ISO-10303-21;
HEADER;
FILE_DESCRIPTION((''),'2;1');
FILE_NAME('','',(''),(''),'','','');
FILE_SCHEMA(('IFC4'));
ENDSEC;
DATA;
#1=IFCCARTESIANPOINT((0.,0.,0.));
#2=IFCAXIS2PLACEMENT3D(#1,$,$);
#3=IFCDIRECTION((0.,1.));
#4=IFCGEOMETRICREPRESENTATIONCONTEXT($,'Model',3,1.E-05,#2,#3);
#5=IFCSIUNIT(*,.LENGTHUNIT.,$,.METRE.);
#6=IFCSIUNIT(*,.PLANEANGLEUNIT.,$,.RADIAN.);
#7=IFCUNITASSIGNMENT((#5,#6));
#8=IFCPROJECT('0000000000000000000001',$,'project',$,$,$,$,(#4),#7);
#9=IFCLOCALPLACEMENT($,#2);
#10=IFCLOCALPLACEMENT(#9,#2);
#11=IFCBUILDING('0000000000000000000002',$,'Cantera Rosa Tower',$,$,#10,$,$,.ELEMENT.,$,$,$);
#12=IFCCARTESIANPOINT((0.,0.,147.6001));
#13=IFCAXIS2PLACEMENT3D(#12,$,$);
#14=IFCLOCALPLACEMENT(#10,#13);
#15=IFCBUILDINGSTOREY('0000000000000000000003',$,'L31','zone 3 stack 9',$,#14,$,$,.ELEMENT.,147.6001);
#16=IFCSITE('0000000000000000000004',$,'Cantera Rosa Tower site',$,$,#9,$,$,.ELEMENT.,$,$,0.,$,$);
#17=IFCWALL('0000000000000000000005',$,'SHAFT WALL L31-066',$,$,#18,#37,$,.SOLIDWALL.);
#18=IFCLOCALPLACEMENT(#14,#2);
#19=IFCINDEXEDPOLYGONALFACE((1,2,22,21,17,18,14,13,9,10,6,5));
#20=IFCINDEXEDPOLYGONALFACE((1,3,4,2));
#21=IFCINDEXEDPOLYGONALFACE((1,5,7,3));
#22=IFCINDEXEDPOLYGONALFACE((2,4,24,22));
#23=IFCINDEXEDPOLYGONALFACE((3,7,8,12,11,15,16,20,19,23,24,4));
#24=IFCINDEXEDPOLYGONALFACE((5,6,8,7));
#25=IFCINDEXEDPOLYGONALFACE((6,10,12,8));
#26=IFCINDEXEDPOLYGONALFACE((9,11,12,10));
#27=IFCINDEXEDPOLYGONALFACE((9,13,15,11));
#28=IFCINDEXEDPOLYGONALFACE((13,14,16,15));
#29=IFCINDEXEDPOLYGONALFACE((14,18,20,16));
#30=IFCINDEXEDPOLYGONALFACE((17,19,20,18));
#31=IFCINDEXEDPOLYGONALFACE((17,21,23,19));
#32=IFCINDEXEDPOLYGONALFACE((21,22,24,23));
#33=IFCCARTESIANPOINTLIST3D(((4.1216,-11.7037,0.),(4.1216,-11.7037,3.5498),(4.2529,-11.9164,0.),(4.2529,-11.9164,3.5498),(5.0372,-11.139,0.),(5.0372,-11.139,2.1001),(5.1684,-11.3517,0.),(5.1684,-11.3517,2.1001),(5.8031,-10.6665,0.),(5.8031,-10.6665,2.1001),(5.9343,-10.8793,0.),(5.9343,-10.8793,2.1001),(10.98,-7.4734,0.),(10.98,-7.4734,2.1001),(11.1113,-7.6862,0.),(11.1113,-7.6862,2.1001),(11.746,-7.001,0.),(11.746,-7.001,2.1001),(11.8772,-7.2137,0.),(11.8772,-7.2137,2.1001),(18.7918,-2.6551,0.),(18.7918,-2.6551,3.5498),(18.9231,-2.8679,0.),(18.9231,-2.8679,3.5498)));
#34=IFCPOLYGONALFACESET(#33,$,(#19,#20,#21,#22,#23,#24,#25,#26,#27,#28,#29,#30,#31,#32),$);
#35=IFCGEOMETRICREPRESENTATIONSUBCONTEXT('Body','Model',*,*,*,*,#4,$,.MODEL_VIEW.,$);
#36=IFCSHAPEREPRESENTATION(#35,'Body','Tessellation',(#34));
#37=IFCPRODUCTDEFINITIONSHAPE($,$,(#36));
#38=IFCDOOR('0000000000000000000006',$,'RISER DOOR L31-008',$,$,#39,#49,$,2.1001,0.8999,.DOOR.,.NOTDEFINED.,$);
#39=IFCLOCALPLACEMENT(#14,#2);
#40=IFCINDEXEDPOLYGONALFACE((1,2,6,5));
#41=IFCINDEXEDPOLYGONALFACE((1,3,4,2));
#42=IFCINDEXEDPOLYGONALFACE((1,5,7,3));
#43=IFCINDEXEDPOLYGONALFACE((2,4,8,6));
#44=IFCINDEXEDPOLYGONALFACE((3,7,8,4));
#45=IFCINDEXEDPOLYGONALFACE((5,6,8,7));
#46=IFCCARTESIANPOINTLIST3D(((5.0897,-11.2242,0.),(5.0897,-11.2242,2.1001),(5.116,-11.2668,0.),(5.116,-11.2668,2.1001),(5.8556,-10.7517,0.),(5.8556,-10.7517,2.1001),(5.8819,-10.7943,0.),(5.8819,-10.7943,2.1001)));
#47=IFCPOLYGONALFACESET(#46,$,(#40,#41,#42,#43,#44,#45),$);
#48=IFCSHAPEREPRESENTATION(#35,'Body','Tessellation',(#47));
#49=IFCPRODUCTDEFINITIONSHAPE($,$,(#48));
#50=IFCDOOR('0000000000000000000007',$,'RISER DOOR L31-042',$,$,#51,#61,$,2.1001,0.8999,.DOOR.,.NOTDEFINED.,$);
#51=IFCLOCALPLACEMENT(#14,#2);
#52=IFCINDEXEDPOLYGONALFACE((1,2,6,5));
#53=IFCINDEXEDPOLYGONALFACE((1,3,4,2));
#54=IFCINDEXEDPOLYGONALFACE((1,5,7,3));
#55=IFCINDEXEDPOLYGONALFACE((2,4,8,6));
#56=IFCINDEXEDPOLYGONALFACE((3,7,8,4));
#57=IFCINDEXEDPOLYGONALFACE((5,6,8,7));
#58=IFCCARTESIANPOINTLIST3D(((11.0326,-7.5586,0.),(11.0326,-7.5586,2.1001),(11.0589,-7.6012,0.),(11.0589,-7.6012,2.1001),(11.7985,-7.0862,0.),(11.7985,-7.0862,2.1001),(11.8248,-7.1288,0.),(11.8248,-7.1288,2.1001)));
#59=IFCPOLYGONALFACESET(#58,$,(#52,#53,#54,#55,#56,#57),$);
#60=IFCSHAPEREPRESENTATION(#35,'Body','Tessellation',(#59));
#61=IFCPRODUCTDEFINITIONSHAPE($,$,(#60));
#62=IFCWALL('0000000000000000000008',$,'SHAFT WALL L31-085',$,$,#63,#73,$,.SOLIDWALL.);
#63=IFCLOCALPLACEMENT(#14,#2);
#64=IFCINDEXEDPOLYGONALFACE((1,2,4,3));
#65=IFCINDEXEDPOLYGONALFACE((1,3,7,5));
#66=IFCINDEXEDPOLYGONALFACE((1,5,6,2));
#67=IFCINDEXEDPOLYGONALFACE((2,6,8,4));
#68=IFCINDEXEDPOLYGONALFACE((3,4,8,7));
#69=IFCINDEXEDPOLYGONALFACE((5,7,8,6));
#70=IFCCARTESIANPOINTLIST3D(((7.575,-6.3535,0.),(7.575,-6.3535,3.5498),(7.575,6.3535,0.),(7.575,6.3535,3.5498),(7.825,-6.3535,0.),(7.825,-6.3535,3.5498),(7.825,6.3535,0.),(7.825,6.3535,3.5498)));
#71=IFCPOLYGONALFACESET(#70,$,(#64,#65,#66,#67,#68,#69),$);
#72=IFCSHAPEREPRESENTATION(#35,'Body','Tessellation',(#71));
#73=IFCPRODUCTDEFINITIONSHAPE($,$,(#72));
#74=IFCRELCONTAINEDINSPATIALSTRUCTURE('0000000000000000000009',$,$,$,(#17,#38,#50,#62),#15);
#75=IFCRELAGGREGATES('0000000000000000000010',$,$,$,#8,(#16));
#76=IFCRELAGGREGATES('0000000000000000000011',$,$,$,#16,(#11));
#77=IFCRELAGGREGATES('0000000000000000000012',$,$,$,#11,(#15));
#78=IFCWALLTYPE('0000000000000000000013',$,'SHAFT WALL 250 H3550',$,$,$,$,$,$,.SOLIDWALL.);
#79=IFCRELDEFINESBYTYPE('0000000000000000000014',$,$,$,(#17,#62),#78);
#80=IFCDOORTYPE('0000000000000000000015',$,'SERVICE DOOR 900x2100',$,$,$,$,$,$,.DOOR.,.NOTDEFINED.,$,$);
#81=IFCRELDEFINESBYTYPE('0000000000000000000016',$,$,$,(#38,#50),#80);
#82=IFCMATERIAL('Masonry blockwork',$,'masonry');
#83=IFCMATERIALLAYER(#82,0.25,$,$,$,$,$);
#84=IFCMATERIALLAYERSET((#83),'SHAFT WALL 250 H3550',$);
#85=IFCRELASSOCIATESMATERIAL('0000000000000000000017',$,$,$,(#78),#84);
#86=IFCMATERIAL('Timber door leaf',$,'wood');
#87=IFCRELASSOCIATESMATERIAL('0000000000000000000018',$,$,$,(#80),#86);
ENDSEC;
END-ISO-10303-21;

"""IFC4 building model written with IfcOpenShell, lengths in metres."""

from ifc_helpers import new_model, si_unit, direction, frame, frame_2d, origin, place, context, subcontext, project, spatial, rectangle, extrude, material, layer, layer_set, type_object, element, fill, save


model = new_model("IFC4")

# Units and contexts
model_context = context("Model", 3, precision=1e-05, world=origin(), true_north=direction((0.0, 1.0)))
body_context = subcontext(model_context, "Body", "Model", "MODEL_VIEW")
ifc_project = project(units=[si_unit("LENGTHUNIT", "METRE"), si_unit("PLANEANGLEUNIT", "RADIAN")], contexts=[model_context])

# Site, building, storey
site_placement = place(None, origin())
site = spatial("IfcSite", under=ifc_project, at=site_placement, Name="Cantera Rosa Tower site", CompositionType="ELEMENT", RefElevation=0.0)
building_placement = place(site_placement, origin())
building = spatial("IfcBuilding", under=site, at=building_placement, Name="Cantera Rosa Tower", CompositionType="ELEMENT")
storey_placement = place(building_placement, frame((0.0, 0.0, 147.6001)))
storey = spatial("IfcBuildingStorey", under=building, at=storey_placement, Name="L31", Description="zone 3 stack 9", CompositionType="ELEMENT", Elevation=147.6001)

# Shared definitions
ifc_material_1 = material(Name="Masonry blockwork", Category="masonry")
ifc_layer_1 = layer(ifc_material_1, 0.25)
ifc_layer_set_1 = layer_set([ifc_layer_1], Name="SHAFT WALL 250 H3550")
wall_type_1 = type_object("IfcWallType", Name="SHAFT WALL 250 H3550", PredefinedType="SOLIDWALL", material=ifc_layer_set_1)

# Wall, openings, doors
wall_1_placement = place(storey_placement, frame((4.1873, -11.8101, 0.0), z_axis=(0.0, 0.0, 1.0), x_axis=(0.85112, 0.524972, 0.0)))
wall_1 = element("IfcWall", 1, at=wall_1_placement, inside=storey, type_object=wall_type_1, Name="SHAFT WALL L31-066", PredefinedType="SOLIDWALL", context=body_context, shape_type="SweptSolid", body=[
    extrude(rectangle(XDim=17.2363, YDim=0.25, at=frame_2d((8.6182, 0.0))), origin(), (0.0, 0.0, 1.0), 3.5498),
])
opening_1_placement = place(wall_1_placement, frame((1.0757, 0.0, 0.0)))
opening_1 = element("IfcOpeningElement", 2, at=opening_1_placement, cuts=wall_1, PredefinedType="OPENING", context=body_context, shape_type="SweptSolid", body=[
    extrude(rectangle(XDim=0.8999, YDim=2.1001, at=frame_2d((0.45, 1.05))), frame((0.0, 0.135, 0.0), z_axis=(0.0, -1.0, 0.0), x_axis=(1.0, 0.0, 0.0)), (0.0, 0.0, 1.0), 0.27),
])
opening_2_placement = place(wall_1_placement, frame((8.0581, 0.0, 0.0)))
opening_2 = element("IfcOpeningElement", 3, at=opening_2_placement, cuts=wall_1, PredefinedType="OPENING", context=body_context, shape_type="SweptSolid", body=[
    extrude(rectangle(XDim=0.8999, YDim=2.1001, at=frame_2d((0.45, 1.05))), frame((0.0, 0.135, 0.0), z_axis=(0.0, -1.0, 0.0), x_axis=(1.0, 0.0, 0.0)), (0.0, 0.0, 1.0), 0.27),
])
ifc_material_2 = material(Name="Timber door leaf", Category="wood")
door_type_1 = type_object("IfcDoorType", Name="SERVICE DOOR 900x2100", OperationType="NOTDEFINED", PredefinedType="DOOR", material=ifc_material_2)
door_1_placement = place(opening_1_placement, origin())
door_1 = element("IfcDoor", 4, at=door_1_placement, inside=storey, type_object=door_type_1, Name="RISER DOOR L31-008", OperationType="NOTDEFINED", OverallHeight=2.1001, OverallWidth=0.8999, PredefinedType="DOOR", context=body_context, shape_type="SweptSolid", body=[
    extrude(rectangle(XDim=0.8999, YDim=2.1001, at=frame_2d((0.45, 1.05))), frame((0.0, 0.0249, 0.0), z_axis=(0.0, -1.0, 0.0), x_axis=(1.0, 0.0, 0.0)), (0.0, 0.0, 1.0), 0.05),
])
fill(opening_1, door_1)
door_2_placement = place(opening_2_placement, origin())
door_2 = element("IfcDoor", 5, at=door_2_placement, inside=storey, type_object=door_type_1, Name="RISER DOOR L31-042", OperationType="NOTDEFINED", OverallHeight=2.1001, OverallWidth=0.8999, PredefinedType="DOOR", context=body_context, shape_type="SweptSolid", body=[
    extrude(rectangle(XDim=0.8999, YDim=2.1001, at=frame_2d((0.45, 1.05))), frame((0.0, 0.0249, 0.0), z_axis=(0.0, -1.0, 0.0), x_axis=(1.0, 0.0, 0.0)), (0.0, 0.0, 1.0), 0.05),
])
fill(opening_2, door_2)

# Wall
wall_2_placement = place(storey_placement, frame((7.7, -6.3535, 0.0), z_axis=(0.0, 0.0, 1.0), x_axis=(0.0, 1.0, 0.0)))
element("IfcWall", 6, at=wall_2_placement, inside=storey, type_object=wall_type_1, Name="SHAFT WALL L31-085", PredefinedType="SOLIDWALL", context=body_context, shape_type="SweptSolid", body=[
    extrude(rectangle(XDim=12.707, YDim=0.25, at=frame_2d((6.3535, 0.0))), origin(), (0.0, 0.0, 1.0), 3.5498),
])

save(model, "model.ifc")
